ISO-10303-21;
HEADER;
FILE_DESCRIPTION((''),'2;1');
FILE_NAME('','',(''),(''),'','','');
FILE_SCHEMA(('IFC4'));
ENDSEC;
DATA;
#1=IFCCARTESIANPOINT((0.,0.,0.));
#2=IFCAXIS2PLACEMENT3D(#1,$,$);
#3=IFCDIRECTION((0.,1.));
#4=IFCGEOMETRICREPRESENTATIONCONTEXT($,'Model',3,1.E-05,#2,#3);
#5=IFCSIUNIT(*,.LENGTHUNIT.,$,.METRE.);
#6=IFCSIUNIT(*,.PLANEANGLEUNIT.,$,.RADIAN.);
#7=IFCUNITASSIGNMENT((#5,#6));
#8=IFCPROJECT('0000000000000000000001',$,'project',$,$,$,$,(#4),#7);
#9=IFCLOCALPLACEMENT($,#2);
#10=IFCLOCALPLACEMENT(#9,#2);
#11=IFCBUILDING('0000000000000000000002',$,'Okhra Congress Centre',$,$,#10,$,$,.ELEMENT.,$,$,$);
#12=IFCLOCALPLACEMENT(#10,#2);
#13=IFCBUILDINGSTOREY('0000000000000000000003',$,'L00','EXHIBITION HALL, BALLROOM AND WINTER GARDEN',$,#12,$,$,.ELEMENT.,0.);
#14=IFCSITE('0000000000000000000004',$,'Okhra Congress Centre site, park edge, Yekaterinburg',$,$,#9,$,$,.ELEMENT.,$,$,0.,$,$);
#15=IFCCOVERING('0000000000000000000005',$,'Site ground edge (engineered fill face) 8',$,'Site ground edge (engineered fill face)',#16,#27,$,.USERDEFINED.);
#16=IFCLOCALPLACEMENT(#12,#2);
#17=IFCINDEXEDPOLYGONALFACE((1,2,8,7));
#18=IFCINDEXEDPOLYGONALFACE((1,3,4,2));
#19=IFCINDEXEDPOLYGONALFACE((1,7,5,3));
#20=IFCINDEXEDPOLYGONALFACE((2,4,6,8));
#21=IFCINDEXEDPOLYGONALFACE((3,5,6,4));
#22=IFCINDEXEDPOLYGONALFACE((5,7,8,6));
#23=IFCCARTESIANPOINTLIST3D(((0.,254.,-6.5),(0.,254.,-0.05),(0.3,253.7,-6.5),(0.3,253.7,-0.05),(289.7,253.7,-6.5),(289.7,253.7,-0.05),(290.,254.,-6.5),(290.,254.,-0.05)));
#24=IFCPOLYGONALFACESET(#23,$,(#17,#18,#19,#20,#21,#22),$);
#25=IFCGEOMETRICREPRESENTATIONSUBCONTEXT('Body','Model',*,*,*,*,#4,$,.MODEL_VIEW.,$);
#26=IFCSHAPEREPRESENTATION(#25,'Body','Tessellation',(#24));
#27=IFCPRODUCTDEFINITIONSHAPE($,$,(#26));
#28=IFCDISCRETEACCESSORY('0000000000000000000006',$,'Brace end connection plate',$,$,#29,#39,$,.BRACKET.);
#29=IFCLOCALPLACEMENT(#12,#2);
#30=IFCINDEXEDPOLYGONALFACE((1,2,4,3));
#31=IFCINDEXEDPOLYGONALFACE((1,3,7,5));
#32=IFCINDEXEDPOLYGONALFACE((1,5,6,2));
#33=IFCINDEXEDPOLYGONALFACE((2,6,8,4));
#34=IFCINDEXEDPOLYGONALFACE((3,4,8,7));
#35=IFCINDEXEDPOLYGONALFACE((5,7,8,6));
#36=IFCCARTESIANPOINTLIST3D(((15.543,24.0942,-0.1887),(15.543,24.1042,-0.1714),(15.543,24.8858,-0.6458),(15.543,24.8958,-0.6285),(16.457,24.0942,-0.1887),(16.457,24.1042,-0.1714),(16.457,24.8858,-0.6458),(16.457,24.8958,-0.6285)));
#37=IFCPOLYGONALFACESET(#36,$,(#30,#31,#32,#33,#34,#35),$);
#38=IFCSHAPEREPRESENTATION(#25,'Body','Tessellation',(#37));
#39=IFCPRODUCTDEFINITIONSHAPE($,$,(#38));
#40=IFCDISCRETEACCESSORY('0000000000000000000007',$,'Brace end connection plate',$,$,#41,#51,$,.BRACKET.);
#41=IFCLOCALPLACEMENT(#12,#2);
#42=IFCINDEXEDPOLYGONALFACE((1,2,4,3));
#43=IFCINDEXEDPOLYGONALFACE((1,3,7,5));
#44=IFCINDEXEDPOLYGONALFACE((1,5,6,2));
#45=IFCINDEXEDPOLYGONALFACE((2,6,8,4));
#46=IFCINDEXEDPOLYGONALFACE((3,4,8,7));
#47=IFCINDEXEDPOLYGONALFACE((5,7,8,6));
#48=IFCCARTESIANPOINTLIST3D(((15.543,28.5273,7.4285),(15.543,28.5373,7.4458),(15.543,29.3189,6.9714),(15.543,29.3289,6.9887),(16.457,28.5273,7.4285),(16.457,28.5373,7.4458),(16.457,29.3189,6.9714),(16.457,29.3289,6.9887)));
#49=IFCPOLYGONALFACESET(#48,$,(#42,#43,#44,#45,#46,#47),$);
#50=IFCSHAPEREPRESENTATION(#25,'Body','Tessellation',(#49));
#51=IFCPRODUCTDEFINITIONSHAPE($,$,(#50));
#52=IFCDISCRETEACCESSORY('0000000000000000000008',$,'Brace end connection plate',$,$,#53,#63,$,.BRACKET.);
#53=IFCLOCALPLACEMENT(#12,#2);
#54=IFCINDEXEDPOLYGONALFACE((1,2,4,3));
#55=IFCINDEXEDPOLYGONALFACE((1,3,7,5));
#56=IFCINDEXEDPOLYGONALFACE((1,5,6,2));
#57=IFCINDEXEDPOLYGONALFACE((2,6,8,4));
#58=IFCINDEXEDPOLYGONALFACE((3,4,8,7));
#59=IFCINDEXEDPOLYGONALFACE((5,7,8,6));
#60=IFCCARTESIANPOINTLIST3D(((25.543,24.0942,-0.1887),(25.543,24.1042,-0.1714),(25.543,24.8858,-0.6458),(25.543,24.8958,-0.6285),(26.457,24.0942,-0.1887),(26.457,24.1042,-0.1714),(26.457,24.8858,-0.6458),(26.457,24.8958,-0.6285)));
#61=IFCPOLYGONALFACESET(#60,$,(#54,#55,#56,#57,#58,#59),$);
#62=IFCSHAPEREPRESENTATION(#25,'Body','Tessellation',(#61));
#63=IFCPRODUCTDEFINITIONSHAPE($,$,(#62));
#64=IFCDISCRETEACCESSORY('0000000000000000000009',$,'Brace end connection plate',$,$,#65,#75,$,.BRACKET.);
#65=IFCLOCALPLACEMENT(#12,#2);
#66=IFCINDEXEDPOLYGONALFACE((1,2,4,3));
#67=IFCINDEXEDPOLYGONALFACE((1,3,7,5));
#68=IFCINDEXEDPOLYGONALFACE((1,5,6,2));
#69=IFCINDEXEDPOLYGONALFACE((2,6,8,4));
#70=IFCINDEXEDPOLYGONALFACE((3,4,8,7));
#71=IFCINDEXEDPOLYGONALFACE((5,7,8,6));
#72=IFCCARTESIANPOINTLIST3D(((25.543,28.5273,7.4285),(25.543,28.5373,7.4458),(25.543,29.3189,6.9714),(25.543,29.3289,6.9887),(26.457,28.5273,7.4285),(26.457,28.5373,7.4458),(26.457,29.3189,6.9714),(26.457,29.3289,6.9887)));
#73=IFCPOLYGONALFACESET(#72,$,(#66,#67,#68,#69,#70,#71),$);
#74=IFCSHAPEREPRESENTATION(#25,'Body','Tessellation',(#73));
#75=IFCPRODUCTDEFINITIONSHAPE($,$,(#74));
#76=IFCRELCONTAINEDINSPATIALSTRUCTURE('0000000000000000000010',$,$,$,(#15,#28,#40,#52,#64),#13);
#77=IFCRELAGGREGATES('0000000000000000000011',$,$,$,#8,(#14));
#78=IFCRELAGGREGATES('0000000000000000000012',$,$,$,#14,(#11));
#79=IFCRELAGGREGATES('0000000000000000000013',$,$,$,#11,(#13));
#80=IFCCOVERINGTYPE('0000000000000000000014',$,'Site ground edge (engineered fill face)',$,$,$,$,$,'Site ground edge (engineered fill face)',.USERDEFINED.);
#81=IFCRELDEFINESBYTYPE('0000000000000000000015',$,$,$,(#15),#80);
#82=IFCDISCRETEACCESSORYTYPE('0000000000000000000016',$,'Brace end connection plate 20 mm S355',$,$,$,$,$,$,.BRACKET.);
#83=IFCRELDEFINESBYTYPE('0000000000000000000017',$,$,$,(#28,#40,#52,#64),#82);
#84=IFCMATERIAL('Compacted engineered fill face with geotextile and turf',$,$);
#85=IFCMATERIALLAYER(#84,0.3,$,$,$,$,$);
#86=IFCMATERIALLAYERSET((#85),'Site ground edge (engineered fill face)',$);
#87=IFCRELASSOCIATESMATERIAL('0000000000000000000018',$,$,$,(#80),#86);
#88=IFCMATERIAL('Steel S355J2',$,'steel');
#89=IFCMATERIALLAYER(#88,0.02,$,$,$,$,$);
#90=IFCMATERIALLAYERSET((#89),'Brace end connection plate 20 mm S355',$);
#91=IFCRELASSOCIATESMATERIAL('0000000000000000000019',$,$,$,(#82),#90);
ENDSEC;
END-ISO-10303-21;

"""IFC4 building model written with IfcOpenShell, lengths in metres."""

from ifc_helpers import new_model, si_unit, direction, frame, origin, origin_2d, place, context, subcontext, project, spatial, polyline, rectangle, outline, extrude, material, layer, layer_set, type_object, element, save


model = new_model("IFC4")

# Units and contexts
model_context = context("Model", 3, precision=1e-05, world=origin(), true_north=direction((0.0, 1.0)))
body_context = subcontext(model_context, "Body", "Model", "MODEL_VIEW")
ifc_project = project(units=[si_unit("LENGTHUNIT", "METRE"), si_unit("PLANEANGLEUNIT", "RADIAN")], contexts=[model_context])

# Site, building, storey
site_placement = place(None, origin())
site = spatial("IfcSite", under=ifc_project, at=site_placement, Name="Okhra Congress Centre site, park edge, Yekaterinburg", CompositionType="ELEMENT", RefElevation=0.0)
building_placement = place(site_placement, origin())
building = spatial("IfcBuilding", under=site, at=building_placement, Name="Okhra Congress Centre", CompositionType="ELEMENT")
storey_placement = place(building_placement, origin())
storey = spatial("IfcBuildingStorey", under=building, at=storey_placement, Name="L00", Description="EXHIBITION HALL, BALLROOM AND WINTER GARDEN", CompositionType="ELEMENT", Elevation=0.0)

# Covering
ifc_material_1 = material(Name="Compacted engineered fill face with geotextile and turf")
ifc_layer_1 = layer(ifc_material_1, 0.3)
ifc_layer_set_1 = layer_set([ifc_layer_1], Name="Site ground edge (engineered fill face)")
covering_type = type_object("IfcCoveringType", Name="Site ground edge (engineered fill face)", ElementType="Site ground edge (engineered fill face)", PredefinedType="USERDEFINED", material=ifc_layer_set_1)
covering_1_placement = place(storey_placement, frame((0.0, 0.0, -6.5)))
element("IfcCovering", 1, at=covering_1_placement, inside=storey, type_object=covering_type, Name="Site ground edge (engineered fill face) 8", ObjectType="Site ground edge (engineered fill face)", PredefinedType="USERDEFINED", context=body_context, shape_type="SweptSolid", body=[
    extrude(outline(polyline([(290.0, 254.0), (0.0, 254.0), (0.3, 253.7), (289.7, 253.7), (290.0, 254.0)])), origin(), (0.0, 0.0, 1.0), 6.45),
])

# Discrete accessories
ifc_material_2 = material(Name="Steel S355J2", Category="steel")
ifc_layer_2 = layer(ifc_material_2, 0.02)
ifc_layer_set_2 = layer_set([ifc_layer_2], Name="Brace end connection plate 20 mm S355")
discrete_accessory_type = type_object("IfcDiscreteAccessoryType", Name="Brace end connection plate 20 mm S355", PredefinedType="BRACKET", material=ifc_layer_set_2)
for number, where, z_axis, x_axis, name in (
    (2, (16.0, 24.5, -0.3999), (0.0, -0.500074, -0.865982), (1.0, 0.0, 0.0), "Brace end connection plate"),
    (3, (16.0, 28.9231, 7.2), (0.0, 0.500074, 0.865982), (-1.0, 0.0, 0.0), "Brace end connection plate"),
    (4, (26.0, 24.5, -0.3999), (0.0, -0.500074, -0.865982), (1.0, 0.0, 0.0), "Brace end connection plate"),
    (5, (26.0, 28.9231, 7.2), (0.0, 0.500074, 0.865982), (-1.0, 0.0, 0.0), "Brace end connection plate"),
):
    element("IfcDiscreteAccessory", number, at=place(storey_placement, frame(where, z_axis=z_axis, x_axis=x_axis)), inside=storey, type_object=discrete_accessory_type, Name=name, PredefinedType="BRACKET", context=body_context, shape_type="SweptSolid", body=[
        extrude(rectangle(XDim=0.9141, YDim=0.9141, at=origin_2d()), origin(), (0.0, 0.0, 1.0), 0.02),
    ])

save(model, "model.ifc")
